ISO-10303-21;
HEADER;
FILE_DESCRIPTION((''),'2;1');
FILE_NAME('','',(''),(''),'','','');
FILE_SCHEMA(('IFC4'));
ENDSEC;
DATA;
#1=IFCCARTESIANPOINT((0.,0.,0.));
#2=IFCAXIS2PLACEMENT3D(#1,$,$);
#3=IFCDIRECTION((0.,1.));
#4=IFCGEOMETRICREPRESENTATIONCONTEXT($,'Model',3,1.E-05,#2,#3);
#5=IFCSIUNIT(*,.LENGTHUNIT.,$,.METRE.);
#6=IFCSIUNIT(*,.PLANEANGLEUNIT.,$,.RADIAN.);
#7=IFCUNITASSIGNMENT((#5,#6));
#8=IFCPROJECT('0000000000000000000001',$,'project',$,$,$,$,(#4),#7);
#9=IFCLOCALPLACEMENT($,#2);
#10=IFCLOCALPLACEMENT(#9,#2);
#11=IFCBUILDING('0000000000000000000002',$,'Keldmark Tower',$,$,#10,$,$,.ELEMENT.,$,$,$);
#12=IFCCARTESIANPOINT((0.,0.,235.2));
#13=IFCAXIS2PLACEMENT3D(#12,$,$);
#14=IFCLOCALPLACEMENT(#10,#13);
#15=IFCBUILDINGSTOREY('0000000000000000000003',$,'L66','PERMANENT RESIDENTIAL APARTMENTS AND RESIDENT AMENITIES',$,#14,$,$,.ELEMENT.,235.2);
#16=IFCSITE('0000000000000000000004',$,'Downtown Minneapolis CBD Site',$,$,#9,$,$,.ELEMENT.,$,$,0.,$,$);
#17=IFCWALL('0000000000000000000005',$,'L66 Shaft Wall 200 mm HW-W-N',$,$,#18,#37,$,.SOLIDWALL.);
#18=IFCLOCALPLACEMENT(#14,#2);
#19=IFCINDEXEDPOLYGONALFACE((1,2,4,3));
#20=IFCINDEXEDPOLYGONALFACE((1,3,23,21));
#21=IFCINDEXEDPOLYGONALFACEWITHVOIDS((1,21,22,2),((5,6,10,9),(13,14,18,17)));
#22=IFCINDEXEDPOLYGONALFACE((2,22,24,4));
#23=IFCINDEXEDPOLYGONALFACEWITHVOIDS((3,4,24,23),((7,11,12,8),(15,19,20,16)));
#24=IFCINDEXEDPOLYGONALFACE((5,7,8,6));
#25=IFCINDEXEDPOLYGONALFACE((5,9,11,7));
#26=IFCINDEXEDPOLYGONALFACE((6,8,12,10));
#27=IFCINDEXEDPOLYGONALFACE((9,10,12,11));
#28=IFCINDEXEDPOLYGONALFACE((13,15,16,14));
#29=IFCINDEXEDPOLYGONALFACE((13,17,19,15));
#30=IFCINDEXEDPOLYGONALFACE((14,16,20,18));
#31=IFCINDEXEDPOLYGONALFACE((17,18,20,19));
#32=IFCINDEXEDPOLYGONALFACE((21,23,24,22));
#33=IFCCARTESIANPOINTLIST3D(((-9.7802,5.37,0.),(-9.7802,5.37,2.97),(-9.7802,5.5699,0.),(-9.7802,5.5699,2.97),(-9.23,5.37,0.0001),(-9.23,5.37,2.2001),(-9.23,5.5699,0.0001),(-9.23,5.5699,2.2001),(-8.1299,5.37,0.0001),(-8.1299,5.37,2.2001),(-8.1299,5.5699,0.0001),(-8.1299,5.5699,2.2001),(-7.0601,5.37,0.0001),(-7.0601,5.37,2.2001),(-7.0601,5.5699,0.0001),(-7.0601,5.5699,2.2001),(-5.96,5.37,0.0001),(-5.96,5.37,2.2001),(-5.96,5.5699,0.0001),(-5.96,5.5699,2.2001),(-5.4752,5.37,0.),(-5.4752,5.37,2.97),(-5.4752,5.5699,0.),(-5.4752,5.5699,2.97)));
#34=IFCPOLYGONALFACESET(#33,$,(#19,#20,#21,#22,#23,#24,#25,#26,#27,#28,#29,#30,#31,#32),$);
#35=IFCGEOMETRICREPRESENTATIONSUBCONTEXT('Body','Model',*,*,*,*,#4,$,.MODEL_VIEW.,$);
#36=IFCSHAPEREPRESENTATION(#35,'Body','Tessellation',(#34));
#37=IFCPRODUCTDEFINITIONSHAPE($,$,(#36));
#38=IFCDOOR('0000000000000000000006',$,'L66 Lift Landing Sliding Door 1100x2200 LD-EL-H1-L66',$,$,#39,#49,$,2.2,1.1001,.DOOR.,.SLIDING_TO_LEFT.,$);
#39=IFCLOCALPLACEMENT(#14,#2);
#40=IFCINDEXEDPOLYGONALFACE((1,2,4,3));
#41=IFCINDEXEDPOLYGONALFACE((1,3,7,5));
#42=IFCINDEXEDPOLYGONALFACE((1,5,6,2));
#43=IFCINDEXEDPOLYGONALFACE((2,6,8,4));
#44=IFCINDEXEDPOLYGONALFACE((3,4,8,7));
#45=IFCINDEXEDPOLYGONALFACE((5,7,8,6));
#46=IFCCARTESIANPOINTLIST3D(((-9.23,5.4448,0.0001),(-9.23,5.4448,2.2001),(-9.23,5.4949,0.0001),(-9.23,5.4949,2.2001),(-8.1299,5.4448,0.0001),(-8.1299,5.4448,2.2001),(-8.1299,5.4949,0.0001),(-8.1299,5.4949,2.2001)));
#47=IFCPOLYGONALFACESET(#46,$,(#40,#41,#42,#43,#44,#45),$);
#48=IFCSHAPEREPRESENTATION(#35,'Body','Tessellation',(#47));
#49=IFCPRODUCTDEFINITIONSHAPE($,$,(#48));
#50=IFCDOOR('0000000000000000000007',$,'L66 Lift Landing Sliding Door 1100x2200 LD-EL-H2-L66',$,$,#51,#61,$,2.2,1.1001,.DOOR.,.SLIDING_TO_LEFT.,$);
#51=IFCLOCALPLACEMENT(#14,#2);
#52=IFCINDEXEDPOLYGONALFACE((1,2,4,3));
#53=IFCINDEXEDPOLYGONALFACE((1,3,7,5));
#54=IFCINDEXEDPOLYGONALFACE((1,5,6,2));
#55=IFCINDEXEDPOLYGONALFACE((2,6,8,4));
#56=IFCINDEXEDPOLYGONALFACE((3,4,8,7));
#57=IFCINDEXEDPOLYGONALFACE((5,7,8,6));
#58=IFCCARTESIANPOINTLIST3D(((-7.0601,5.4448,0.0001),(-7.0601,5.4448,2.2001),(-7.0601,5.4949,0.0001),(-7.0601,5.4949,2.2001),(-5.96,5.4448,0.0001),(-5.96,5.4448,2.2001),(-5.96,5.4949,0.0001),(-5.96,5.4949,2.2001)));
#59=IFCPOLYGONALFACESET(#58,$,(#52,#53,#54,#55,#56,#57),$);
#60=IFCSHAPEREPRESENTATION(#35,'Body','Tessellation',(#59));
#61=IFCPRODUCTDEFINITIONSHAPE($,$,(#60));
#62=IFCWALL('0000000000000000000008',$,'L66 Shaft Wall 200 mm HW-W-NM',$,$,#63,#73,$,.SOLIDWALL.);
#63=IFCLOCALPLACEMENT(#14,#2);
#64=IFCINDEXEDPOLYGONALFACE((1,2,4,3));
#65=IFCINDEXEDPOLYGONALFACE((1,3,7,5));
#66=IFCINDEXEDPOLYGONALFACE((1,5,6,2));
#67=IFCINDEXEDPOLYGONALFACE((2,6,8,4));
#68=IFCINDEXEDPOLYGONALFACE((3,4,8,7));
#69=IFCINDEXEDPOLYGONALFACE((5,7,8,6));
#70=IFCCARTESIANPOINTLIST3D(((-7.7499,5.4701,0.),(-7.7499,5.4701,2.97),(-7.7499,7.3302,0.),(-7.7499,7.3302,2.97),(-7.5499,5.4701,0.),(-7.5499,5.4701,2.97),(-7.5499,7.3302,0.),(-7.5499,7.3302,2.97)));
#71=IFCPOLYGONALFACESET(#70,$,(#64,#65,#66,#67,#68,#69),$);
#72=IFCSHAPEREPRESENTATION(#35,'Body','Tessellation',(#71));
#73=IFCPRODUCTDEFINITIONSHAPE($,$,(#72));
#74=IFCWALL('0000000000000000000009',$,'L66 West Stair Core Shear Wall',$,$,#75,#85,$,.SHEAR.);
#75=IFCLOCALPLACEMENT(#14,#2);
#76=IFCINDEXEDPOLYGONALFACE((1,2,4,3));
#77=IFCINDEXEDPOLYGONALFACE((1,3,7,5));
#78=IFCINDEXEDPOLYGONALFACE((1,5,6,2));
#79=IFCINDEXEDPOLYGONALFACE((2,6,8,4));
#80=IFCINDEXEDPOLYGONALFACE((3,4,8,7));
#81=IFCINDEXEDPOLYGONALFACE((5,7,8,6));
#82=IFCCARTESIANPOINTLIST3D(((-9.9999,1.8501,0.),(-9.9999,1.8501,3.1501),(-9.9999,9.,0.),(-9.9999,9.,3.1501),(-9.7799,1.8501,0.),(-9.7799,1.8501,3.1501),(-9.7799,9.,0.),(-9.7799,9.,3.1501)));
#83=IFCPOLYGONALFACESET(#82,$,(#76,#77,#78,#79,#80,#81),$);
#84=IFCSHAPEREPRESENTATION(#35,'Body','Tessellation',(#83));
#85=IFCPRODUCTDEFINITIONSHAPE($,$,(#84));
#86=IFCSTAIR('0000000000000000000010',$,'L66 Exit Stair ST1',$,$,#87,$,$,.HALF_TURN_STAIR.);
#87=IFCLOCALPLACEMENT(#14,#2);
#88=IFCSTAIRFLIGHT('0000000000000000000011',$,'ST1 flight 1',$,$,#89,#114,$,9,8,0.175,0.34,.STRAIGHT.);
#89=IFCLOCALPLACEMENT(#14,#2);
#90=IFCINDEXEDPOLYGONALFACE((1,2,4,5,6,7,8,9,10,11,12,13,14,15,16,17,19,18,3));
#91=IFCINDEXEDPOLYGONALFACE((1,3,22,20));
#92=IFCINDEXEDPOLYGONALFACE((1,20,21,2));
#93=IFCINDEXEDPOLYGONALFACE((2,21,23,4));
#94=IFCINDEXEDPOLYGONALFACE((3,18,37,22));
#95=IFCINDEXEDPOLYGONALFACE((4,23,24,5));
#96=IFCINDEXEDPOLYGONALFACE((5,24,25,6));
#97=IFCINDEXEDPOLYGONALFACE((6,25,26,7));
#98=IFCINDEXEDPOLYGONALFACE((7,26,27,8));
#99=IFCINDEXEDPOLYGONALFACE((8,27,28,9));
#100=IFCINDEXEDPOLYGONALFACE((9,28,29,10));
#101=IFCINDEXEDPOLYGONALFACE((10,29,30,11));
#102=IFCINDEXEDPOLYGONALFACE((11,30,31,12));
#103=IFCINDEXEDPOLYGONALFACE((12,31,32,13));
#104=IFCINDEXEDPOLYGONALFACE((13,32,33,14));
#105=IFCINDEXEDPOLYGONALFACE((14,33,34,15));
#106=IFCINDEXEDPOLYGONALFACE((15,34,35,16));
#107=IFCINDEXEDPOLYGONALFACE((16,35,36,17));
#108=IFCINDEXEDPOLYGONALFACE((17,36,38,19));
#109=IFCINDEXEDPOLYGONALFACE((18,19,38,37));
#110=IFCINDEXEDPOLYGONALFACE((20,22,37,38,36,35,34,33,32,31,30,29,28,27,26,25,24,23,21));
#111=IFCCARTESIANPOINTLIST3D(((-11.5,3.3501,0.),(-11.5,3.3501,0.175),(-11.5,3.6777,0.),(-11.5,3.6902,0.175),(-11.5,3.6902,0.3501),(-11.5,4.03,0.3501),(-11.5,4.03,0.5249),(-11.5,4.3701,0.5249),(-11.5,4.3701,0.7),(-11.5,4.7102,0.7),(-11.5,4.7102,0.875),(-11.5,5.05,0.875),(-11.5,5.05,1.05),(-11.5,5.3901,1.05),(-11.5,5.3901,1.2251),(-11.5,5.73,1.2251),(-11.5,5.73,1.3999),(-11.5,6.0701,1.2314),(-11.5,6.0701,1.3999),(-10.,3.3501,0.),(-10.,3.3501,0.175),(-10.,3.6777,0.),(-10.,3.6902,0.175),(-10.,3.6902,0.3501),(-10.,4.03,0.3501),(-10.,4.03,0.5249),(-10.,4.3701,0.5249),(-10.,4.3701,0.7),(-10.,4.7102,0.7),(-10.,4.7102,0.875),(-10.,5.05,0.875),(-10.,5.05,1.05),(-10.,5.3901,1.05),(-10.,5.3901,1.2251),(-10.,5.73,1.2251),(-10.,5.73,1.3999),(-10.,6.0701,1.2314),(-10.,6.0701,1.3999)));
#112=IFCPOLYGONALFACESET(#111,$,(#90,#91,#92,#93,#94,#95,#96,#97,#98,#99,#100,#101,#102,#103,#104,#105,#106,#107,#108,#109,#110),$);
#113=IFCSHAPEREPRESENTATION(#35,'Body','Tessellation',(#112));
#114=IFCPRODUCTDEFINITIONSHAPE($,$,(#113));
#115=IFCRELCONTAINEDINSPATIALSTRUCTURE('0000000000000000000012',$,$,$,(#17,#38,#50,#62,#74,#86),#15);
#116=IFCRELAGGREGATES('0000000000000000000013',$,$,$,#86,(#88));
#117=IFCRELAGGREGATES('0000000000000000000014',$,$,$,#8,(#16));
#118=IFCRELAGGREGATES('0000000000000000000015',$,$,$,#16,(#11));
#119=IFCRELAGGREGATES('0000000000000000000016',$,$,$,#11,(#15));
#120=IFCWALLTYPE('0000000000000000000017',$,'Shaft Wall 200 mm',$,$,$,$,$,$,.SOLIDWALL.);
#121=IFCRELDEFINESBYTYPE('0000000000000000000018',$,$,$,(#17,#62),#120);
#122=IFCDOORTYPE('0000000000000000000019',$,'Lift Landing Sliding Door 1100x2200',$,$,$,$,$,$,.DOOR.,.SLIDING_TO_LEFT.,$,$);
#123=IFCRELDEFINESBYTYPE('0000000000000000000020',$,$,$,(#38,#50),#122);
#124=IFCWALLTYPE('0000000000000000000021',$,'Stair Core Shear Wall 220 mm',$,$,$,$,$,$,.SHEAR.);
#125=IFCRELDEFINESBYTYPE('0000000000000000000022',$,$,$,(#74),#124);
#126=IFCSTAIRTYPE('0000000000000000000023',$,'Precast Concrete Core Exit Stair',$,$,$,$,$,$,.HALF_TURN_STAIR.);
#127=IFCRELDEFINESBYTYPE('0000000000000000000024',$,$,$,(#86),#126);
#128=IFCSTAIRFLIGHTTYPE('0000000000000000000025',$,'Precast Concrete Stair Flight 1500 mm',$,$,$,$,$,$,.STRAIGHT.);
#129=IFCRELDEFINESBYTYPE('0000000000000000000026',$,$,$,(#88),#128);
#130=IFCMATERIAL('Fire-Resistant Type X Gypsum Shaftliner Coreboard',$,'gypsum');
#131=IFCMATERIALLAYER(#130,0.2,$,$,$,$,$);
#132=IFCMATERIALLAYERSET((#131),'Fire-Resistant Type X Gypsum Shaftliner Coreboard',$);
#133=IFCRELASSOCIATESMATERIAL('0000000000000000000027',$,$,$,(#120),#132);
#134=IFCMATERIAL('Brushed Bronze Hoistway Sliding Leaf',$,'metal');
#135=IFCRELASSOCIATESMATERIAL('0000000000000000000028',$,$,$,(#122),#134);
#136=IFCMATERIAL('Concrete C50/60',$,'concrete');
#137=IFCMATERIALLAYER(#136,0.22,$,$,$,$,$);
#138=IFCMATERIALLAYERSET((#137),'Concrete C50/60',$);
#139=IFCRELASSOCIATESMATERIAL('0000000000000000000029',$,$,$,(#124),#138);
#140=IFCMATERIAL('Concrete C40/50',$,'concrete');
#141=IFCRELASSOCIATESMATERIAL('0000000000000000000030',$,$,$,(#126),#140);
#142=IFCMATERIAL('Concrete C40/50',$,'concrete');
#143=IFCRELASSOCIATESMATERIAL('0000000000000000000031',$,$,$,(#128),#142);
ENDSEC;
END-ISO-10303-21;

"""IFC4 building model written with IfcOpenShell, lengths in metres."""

from ifc_helpers import new_model, si_unit, direction, frame, frame_2d, origin, place, context, subcontext, project, spatial, polyline, rectangle, outline, extrude, material, layer, layer_set, type_object, element, fill, aggregate, save


model = new_model("IFC4")

# Units and contexts
model_context = context("Model", 3, precision=1e-05, world=origin(), true_north=direction((0.0, 1.0)))
body_context = subcontext(model_context, "Body", "Model", "MODEL_VIEW")
ifc_project = project(units=[si_unit("LENGTHUNIT", "METRE"), si_unit("PLANEANGLEUNIT", "RADIAN")], contexts=[model_context])

# Site, building, storey
site_placement = place(None, origin())
site = spatial("IfcSite", under=ifc_project, at=site_placement, Name="Downtown Minneapolis CBD Site", CompositionType="ELEMENT", RefElevation=0.0)
building_placement = place(site_placement, origin())
building = spatial("IfcBuilding", under=site, at=building_placement, Name="Keldmark Tower", CompositionType="ELEMENT")
storey_placement = place(building_placement, frame((0.0, 0.0, 235.2)))
storey = spatial("IfcBuildingStorey", under=building, at=storey_placement, Name="L66", Description="PERMANENT RESIDENTIAL APARTMENTS AND RESIDENT AMENITIES", CompositionType="ELEMENT", Elevation=235.2)

# Shared definitions
ifc_material_1 = material(Name="Fire-Resistant Type X Gypsum Shaftliner Coreboard", Category="gypsum")
ifc_layer_1 = layer(ifc_material_1, 0.2)
ifc_layer_set_1 = layer_set([ifc_layer_1], Name="Fire-Resistant Type X Gypsum Shaftliner Coreboard")
wall_type_1 = type_object("IfcWallType", Name="Shaft Wall 200 mm", PredefinedType="SOLIDWALL", material=ifc_layer_set_1)
ifc_material_2 = material(Name="Brushed Bronze Hoistway Sliding Leaf", Category="metal")
door_type = type_object("IfcDoorType", Name="Lift Landing Sliding Door 1100x2200", OperationType="SLIDING_TO_LEFT", PredefinedType="DOOR", material=ifc_material_2)

# Wall, openings, doors
wall_1_placement = place(storey_placement, frame((-9.78, 5.47, 0.0), z_axis=(0.0, 0.0, 1.0), x_axis=(1.0, 0.0, 0.0)))
wall_1 = element("IfcWall", 1, at=wall_1_placement, inside=storey, type_object=wall_type_1, Name="L66 Shaft Wall 200 mm HW-W-N", PredefinedType="SOLIDWALL", context=body_context, shape_type="SweptSolid", body=[
    extrude(rectangle(XDim=4.3049, YDim=0.2, at=frame_2d((2.1523, 0.0))), origin(), (0.0, 0.0, 1.0), 2.97),
])
opening_1_placement = place(wall_1_placement, frame((0.55, 0.0, 0.0)))
opening_1 = element("IfcOpeningElement", 2, at=opening_1_placement, cuts=wall_1, PredefinedType="OPENING", context=body_context, shape_type="SweptSolid", body=[
    extrude(rectangle(XDim=1.1001, YDim=2.2, at=frame_2d((0.55, 1.1001))), frame((0.0, 0.1099, 0.0), z_axis=(0.0, -1.0, 0.0), x_axis=(1.0, 0.0, 0.0)), (0.0, 0.0, 1.0), 0.22),
])
opening_2_placement = place(wall_1_placement, frame((2.72, 0.0, 0.0)))
opening_2 = element("IfcOpeningElement", 3, at=opening_2_placement, cuts=wall_1, PredefinedType="OPENING", context=body_context, shape_type="SweptSolid", body=[
    extrude(rectangle(XDim=1.1001, YDim=2.2, at=frame_2d((0.55, 1.1001))), frame((0.0, 0.1099, 0.0), z_axis=(0.0, -1.0, 0.0), x_axis=(1.0, 0.0, 0.0)), (0.0, 0.0, 1.0), 0.22),
])
door_1_placement = place(opening_1_placement, origin())
door_1 = element("IfcDoor", 4, at=door_1_placement, inside=storey, type_object=door_type, Name="L66 Lift Landing Sliding Door 1100x2200 LD-EL-H1-L66", OperationType="SLIDING_TO_LEFT", OverallHeight=2.2, OverallWidth=1.1001, PredefinedType="DOOR", context=body_context, shape_type="SweptSolid", body=[
    extrude(rectangle(XDim=1.1001, YDim=2.2, at=frame_2d((0.55, 1.1001))), frame((0.0, 0.0249, 0.0), z_axis=(0.0, -1.0, 0.0), x_axis=(1.0, 0.0, 0.0)), (0.0, 0.0, 1.0), 0.05),
])
fill(opening_1, door_1)
door_2_placement = place(opening_2_placement, origin())
door_2 = element("IfcDoor", 5, at=door_2_placement, inside=storey, type_object=door_type, Name="L66 Lift Landing Sliding Door 1100x2200 LD-EL-H2-L66", OperationType="SLIDING_TO_LEFT", OverallHeight=2.2, OverallWidth=1.1001, PredefinedType="DOOR", context=body_context, shape_type="SweptSolid", body=[
    extrude(rectangle(XDim=1.1001, YDim=2.2, at=frame_2d((0.55, 1.1001))), frame((0.0, 0.0249, 0.0), z_axis=(0.0, -1.0, 0.0), x_axis=(1.0, 0.0, 0.0)), (0.0, 0.0, 1.0), 0.05),
])
fill(opening_2, door_2)

# Walls
wall_2_placement = place(storey_placement, frame((-7.6499, 5.47, 0.0), z_axis=(0.0, 0.0, 1.0), x_axis=(0.0, 1.0, 0.0)))
element("IfcWall", 6, at=wall_2_placement, inside=storey, type_object=wall_type_1, Name="L66 Shaft Wall 200 mm HW-W-NM", PredefinedType="SOLIDWALL", context=body_context, shape_type="SweptSolid", body=[
    extrude(rectangle(XDim=1.8601, YDim=0.2, at=frame_2d((0.9302, 0.0))), origin(), (0.0, 0.0, 1.0), 2.97),
])
ifc_material_3 = material(Name="Concrete C50/60", Category="concrete")
ifc_layer_2 = layer(ifc_material_3, 0.22)
ifc_layer_set_2 = layer_set([ifc_layer_2], Name="Concrete C50/60")
wall_type_2 = type_object("IfcWallType", Name="Stair Core Shear Wall 220 mm", PredefinedType="SHEAR", material=ifc_layer_set_2)
wall_3_placement = place(storey_placement, frame((-9.8899, 1.8501, 0.0), z_axis=(0.0, 0.0, 1.0), x_axis=(0.0, 1.0, 0.0)))
element("IfcWall", 7, at=wall_3_placement, inside=storey, type_object=wall_type_2, Name="L66 West Stair Core Shear Wall", PredefinedType="SHEAR", context=body_context, shape_type="SweptSolid", body=[
    extrude(rectangle(XDim=7.1499, YDim=0.22, at=frame_2d((3.575, 0.0))), origin(), (0.0, 0.0, 1.0), 3.1501),
])

# Stair, stair flight
ifc_material_4 = material(Name="Concrete C40/50", Category="concrete")
stair_type = type_object("IfcStairType", Name="Precast Concrete Core Exit Stair", PredefinedType="HALF_TURN_STAIR", material=ifc_material_4)
stair_placement = place(storey_placement, origin())
stair = element("IfcStair", 8, at=stair_placement, inside=storey, type_object=stair_type, Name="L66 Exit Stair ST1", PredefinedType="HALF_TURN_STAIR")
ifc_material_5 = material(Name="Concrete C40/50", Category="concrete")
stair_flight_type = type_object("IfcStairFlightType", Name="Precast Concrete Stair Flight 1500 mm", PredefinedType="STRAIGHT", material=ifc_material_5)
stair_flight_placement = place(storey_placement, frame((-10.75, 3.3501, 0.0), z_axis=(0.0, 0.0, 1.0), x_axis=(0.0, 1.0, 0.0)))
stair_flight = element("IfcStairFlight", 9, at=stair_flight_placement, type_object=stair_flight_type, Name="ST1 flight 1", NumberOfRisers=9, NumberOfTreads=8, PredefinedType="STRAIGHT", RiserHeight=0.175, TreadLength=0.34, context=body_context, shape_type="SweptSolid", body=[
    extrude(outline(polyline([(0.0, 0.0), (0.0, 0.175), (0.3401, 0.175), (0.3401, 0.3501), (0.6799, 0.3501), (0.6799, 0.5249), (1.02, 0.5249), (1.02, 0.7), (1.3601, 0.7), (1.3601, 0.875), (1.7, 0.875), (1.7, 1.05), (2.04, 1.05), (2.04, 1.2251), (2.3799, 1.2251), (2.3799, 1.3999), (2.72, 1.3999), (2.72, 1.575), (2.72, 1.2314), (0.3276, 0.0), (0.0, 0.0)])), frame((0.0, 0.75, 0.0), z_axis=(0.0, -1.0, 0.0), x_axis=(1.0, 0.0, 0.0)), (0.0, 0.0, 1.0), 1.5),
])
aggregate(stair, [stair_flight])

save(model, "model.ifc")
